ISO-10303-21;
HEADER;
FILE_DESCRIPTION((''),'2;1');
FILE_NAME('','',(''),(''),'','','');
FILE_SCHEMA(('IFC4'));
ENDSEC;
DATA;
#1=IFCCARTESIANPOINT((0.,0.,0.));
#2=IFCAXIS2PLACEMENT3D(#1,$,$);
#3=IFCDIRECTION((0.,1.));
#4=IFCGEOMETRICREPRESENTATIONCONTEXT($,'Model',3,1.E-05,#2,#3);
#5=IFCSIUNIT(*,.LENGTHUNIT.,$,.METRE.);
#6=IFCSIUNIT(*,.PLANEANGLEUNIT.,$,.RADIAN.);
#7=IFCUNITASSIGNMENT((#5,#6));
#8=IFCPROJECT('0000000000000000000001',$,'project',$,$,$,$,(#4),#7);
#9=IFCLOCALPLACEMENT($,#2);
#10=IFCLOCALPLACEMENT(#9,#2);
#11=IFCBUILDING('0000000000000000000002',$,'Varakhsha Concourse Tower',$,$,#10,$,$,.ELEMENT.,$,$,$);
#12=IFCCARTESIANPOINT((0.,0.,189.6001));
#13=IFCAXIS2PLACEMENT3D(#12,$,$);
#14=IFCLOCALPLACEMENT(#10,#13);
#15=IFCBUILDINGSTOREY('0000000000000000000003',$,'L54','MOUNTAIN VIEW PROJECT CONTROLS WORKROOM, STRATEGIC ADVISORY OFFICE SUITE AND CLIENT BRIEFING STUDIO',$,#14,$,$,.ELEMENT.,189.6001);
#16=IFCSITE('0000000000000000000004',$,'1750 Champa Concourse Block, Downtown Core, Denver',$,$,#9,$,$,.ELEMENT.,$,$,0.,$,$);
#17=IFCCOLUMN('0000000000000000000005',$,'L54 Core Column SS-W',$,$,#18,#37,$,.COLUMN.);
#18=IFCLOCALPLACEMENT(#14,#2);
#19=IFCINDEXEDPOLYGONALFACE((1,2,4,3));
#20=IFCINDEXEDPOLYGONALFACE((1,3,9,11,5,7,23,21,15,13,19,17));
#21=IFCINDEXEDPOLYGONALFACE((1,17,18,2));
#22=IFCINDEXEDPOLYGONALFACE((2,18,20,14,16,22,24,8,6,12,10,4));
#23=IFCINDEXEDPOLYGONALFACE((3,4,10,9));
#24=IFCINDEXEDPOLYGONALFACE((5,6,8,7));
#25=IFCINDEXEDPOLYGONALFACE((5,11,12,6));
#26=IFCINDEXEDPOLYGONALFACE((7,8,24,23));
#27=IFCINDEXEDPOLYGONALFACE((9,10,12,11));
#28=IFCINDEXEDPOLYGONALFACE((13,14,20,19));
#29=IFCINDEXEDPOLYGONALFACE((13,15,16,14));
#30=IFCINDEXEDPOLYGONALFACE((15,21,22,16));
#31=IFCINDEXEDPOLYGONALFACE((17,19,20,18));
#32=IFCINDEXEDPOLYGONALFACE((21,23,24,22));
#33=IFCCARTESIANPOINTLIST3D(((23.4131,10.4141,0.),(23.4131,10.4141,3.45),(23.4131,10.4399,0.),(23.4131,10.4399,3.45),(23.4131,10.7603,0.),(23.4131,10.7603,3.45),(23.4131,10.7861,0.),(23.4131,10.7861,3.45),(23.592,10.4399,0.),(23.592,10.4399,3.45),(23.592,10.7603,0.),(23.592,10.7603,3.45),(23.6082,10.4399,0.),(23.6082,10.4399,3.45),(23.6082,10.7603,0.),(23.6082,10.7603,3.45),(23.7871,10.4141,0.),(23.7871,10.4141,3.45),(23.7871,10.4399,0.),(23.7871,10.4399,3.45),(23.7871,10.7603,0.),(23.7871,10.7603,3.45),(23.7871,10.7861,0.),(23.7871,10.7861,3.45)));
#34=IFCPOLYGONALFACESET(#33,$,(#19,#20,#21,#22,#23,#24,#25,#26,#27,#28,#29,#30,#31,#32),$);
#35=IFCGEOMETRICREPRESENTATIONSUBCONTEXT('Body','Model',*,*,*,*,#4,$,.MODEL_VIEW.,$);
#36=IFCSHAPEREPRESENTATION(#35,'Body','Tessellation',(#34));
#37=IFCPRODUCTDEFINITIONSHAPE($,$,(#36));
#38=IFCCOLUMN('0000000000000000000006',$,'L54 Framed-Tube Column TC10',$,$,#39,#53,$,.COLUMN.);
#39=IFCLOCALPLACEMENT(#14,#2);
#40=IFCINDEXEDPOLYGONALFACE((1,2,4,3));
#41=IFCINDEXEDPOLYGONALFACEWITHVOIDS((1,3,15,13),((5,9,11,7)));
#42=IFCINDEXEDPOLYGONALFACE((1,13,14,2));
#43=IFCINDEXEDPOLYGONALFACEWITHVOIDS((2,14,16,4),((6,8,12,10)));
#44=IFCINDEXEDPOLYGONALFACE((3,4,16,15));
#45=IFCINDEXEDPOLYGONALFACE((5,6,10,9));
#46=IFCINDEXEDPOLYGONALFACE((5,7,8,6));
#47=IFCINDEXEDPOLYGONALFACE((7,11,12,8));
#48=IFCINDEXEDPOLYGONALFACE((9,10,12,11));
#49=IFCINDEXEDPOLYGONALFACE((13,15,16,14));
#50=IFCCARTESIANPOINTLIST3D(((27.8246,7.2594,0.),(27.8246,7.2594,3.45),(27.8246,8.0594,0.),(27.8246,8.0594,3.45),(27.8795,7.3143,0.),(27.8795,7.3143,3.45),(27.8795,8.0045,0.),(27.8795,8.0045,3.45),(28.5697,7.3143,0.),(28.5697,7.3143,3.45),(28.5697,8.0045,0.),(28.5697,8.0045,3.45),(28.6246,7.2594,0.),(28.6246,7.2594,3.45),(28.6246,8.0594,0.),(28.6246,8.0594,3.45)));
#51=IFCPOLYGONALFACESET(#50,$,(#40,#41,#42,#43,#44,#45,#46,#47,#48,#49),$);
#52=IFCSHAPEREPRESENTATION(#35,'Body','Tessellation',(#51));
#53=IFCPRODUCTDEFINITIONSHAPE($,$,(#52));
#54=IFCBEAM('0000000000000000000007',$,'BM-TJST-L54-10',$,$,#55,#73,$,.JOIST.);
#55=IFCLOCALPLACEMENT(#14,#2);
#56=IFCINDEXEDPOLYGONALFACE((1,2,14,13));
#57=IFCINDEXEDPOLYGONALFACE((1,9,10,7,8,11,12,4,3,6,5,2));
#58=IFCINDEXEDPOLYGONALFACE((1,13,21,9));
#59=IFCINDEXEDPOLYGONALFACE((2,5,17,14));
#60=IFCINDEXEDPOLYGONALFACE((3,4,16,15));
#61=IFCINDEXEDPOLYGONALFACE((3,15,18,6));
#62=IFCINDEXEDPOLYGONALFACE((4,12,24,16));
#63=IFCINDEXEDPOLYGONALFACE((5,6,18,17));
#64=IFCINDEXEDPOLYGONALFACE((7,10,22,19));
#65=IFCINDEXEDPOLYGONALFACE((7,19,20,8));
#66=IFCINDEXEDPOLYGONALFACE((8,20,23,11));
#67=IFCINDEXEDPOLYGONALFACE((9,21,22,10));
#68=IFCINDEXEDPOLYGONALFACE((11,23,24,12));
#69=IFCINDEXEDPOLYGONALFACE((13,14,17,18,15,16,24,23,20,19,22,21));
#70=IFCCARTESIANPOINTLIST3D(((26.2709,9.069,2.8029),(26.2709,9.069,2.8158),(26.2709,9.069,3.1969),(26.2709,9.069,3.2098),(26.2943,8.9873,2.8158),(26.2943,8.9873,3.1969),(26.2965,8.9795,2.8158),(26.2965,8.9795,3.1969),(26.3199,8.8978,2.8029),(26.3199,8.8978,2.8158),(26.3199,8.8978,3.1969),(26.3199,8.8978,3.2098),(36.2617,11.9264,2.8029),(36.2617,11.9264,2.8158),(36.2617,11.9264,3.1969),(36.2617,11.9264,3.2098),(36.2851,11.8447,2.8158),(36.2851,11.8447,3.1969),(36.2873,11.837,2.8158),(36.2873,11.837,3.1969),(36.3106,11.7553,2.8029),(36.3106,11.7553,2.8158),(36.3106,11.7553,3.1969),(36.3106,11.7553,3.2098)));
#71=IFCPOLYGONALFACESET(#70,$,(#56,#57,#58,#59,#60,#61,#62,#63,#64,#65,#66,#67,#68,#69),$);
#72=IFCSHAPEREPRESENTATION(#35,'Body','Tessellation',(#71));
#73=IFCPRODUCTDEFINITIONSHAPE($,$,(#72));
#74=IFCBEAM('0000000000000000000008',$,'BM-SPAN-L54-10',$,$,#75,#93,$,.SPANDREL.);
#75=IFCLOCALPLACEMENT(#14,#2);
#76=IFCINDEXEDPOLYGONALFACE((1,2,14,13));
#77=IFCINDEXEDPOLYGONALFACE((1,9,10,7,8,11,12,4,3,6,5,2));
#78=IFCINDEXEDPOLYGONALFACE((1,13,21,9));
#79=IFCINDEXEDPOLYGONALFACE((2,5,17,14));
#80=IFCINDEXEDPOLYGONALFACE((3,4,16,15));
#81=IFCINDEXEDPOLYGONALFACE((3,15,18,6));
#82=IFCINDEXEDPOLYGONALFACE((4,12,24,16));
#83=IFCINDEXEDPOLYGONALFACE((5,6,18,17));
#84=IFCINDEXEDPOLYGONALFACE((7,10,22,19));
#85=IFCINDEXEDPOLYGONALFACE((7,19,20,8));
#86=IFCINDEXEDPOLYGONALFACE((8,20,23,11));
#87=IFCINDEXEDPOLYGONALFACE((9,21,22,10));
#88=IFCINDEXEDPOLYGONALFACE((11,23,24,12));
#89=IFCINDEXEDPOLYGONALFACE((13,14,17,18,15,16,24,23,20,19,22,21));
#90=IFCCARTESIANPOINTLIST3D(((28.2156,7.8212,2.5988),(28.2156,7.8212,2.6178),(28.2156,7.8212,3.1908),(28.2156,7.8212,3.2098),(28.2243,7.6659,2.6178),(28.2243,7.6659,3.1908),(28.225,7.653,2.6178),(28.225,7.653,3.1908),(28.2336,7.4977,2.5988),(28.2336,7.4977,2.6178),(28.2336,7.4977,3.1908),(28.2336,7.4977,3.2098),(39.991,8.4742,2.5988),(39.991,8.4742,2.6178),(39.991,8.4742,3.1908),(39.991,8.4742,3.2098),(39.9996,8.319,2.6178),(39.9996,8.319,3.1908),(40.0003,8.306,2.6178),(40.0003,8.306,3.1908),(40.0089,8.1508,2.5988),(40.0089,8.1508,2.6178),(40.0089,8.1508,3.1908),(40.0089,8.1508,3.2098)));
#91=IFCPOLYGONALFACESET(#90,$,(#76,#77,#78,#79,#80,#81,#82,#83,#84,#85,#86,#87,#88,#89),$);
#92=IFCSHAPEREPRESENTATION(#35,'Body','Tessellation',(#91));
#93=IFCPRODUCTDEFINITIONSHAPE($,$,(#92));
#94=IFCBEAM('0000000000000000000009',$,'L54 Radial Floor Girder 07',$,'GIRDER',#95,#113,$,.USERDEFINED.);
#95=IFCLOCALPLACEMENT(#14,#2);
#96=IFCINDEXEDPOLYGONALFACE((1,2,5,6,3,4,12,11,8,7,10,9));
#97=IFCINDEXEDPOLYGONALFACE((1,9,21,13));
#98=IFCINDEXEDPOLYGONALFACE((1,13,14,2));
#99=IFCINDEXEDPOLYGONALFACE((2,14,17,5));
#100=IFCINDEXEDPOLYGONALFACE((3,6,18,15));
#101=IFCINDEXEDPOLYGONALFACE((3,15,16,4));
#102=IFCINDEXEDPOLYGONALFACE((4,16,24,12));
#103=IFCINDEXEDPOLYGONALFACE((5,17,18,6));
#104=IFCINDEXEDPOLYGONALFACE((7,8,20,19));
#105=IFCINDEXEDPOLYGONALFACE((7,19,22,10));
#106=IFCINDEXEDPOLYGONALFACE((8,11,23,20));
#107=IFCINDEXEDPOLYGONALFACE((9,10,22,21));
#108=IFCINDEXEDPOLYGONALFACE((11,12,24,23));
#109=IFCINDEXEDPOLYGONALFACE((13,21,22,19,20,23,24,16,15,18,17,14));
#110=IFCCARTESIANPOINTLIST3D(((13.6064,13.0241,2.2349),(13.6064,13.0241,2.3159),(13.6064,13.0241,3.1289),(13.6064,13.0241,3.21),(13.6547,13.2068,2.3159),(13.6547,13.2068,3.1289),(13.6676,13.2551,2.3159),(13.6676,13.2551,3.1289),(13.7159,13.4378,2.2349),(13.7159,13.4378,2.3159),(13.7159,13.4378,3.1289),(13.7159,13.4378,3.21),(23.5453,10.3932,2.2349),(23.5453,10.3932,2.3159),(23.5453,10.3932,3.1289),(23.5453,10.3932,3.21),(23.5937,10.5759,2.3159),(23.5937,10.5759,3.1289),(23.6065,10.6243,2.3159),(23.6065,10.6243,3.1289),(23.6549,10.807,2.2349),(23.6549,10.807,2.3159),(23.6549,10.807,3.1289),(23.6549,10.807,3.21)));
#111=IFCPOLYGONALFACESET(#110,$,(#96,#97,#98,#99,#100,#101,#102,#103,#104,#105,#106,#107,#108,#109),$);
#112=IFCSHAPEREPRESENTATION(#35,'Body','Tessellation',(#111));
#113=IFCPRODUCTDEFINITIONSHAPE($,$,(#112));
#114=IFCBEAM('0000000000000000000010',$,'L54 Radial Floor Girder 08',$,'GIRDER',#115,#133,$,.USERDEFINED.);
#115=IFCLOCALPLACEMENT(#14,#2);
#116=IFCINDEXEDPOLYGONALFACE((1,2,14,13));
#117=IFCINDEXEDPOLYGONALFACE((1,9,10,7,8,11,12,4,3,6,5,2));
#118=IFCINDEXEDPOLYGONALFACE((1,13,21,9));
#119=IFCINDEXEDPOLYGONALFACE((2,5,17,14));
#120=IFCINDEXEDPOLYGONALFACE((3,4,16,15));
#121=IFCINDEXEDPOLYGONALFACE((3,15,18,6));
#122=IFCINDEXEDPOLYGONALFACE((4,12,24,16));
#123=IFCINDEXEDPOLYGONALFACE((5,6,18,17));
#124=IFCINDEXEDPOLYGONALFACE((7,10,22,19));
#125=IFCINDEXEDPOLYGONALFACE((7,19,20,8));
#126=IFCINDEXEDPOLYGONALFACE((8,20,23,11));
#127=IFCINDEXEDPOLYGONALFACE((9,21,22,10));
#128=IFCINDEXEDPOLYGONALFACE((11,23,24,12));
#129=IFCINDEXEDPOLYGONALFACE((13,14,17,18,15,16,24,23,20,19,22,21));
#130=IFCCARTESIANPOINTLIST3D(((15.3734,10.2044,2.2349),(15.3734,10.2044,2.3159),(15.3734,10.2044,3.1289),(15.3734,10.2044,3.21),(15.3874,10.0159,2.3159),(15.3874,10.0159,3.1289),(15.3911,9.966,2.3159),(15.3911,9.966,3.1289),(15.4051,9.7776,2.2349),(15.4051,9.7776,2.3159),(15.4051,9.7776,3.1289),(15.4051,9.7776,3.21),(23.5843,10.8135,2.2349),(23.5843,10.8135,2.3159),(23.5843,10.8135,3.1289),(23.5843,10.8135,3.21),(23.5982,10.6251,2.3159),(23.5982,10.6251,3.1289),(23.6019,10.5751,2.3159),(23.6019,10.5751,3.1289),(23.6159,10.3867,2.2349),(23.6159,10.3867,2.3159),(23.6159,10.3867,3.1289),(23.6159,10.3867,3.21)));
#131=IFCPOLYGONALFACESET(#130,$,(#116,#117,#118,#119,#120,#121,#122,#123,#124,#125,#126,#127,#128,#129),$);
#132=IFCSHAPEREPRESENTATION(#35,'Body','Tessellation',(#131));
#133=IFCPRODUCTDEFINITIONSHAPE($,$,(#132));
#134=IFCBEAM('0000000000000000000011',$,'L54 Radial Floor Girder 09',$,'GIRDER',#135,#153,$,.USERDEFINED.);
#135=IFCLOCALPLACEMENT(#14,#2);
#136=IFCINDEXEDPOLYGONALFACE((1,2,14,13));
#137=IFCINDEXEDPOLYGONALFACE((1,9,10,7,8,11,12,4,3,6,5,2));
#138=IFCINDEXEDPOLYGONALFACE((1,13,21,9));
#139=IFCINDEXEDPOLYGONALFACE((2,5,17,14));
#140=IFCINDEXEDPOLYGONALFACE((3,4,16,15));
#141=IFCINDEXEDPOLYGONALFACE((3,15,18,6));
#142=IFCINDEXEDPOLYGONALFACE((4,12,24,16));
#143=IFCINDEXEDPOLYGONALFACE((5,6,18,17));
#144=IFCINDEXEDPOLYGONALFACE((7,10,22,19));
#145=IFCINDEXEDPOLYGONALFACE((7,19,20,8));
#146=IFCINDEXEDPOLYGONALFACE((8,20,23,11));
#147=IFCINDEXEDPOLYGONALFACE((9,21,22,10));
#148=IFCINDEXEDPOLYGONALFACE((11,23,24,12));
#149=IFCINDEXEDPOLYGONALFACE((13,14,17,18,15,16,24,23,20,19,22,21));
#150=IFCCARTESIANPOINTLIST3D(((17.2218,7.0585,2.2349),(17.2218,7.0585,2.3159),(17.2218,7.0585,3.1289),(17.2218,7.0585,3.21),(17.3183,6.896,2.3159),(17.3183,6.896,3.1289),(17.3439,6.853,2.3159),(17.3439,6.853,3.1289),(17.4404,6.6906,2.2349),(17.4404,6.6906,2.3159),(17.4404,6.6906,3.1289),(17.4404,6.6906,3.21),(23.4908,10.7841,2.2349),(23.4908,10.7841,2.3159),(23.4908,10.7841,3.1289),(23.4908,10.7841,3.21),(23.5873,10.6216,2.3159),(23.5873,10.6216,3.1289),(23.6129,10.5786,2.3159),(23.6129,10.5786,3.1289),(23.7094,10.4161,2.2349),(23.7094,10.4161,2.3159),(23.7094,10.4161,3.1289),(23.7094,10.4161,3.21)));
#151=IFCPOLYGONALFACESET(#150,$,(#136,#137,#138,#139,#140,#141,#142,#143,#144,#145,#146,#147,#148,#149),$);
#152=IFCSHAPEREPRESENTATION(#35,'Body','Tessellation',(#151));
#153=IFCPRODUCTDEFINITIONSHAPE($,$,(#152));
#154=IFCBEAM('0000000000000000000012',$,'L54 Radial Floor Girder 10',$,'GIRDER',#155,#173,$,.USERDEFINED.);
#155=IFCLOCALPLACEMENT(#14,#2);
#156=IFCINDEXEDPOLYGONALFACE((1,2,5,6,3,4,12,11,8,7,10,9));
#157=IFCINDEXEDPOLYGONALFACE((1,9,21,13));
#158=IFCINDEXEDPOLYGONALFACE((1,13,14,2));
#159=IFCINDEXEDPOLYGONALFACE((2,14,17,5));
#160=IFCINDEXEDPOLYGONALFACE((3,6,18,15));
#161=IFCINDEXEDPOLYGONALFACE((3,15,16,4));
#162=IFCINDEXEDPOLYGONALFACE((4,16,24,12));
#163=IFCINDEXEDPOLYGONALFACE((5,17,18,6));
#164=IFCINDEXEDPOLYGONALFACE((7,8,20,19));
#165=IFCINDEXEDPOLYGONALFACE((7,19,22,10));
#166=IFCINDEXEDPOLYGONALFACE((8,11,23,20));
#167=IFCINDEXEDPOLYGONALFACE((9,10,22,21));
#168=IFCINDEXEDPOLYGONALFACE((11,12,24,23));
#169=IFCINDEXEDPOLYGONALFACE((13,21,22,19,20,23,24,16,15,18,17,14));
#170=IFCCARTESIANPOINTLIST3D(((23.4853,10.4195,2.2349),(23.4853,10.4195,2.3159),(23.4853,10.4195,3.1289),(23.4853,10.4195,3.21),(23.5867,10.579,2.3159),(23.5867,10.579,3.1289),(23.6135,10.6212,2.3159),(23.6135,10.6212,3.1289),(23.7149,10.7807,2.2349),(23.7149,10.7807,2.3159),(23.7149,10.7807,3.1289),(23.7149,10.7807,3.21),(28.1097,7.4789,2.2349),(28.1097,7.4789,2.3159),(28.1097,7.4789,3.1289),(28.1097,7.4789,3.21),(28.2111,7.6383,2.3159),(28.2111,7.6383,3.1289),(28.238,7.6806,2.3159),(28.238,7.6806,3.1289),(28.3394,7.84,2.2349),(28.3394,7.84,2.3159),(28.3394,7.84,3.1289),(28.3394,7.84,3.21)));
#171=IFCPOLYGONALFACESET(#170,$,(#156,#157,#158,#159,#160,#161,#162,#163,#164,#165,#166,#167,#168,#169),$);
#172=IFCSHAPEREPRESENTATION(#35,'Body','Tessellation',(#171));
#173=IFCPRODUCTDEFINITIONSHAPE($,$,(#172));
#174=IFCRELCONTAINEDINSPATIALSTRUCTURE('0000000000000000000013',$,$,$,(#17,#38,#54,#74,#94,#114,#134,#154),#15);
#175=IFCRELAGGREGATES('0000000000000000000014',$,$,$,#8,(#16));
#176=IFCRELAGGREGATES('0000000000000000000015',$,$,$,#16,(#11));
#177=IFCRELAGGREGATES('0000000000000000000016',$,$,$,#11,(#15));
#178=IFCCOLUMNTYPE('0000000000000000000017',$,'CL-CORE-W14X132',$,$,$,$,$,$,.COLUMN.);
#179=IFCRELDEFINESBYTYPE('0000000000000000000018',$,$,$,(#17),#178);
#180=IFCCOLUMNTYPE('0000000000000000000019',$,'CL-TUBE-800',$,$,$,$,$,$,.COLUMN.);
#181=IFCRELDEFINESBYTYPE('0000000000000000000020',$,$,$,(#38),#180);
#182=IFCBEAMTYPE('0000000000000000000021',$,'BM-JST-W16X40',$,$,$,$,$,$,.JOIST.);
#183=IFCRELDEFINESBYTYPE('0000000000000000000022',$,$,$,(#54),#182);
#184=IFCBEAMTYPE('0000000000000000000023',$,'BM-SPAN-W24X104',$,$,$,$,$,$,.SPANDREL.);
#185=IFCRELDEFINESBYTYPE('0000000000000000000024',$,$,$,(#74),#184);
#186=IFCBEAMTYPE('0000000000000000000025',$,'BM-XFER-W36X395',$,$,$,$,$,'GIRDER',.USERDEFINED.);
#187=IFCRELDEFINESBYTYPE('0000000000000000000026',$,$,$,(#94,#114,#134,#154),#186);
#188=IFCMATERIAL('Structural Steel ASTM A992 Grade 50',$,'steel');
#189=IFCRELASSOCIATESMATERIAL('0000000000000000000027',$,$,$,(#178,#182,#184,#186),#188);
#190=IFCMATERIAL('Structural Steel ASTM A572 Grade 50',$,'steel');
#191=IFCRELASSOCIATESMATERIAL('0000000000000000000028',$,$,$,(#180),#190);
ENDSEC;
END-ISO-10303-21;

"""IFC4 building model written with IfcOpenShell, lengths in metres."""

from ifc_helpers import new_model, si_unit, direction, frame, origin, origin_2d, place, context, subcontext, project, spatial, hollow_rectangle, i_section, extrude, material, material_profile, profile_set, type_object, element, save


model = new_model("IFC4")

# Units and contexts
model_context = context("Model", 3, precision=1e-05, world=origin(), true_north=direction((0.0, 1.0)))
body_context = subcontext(model_context, "Body", "Model", "MODEL_VIEW")
ifc_project = project(units=[si_unit("LENGTHUNIT", "METRE"), si_unit("PLANEANGLEUNIT", "RADIAN")], contexts=[model_context])

# Site, building, storey
site_placement = place(None, origin())
site = spatial("IfcSite", under=ifc_project, at=site_placement, Name="1750 Champa Concourse Block, Downtown Core, Denver", CompositionType="ELEMENT", RefElevation=0.0)
building_placement = place(site_placement, origin())
building = spatial("IfcBuilding", under=site, at=building_placement, Name="Varakhsha Concourse Tower", CompositionType="ELEMENT")
storey_placement = place(building_placement, frame((0.0, 0.0, 189.6001)))
storey = spatial("IfcBuildingStorey", under=building, at=storey_placement, Name="L54", Description="MOUNTAIN VIEW PROJECT CONTROLS WORKROOM, STRATEGIC ADVISORY OFFICE SUITE AND CLIENT BRIEFING STUDIO", CompositionType="ELEMENT", Elevation=189.6001)

# Columns
ifc_material_1 = material(Name="Structural Steel ASTM A992 Grade 50", Category="steel")
ifc_material_profile_1 = material_profile(ifc_material_1, i_section(OverallWidth=0.374, OverallDepth=0.3721, WebThickness=0.0161, FlangeThickness=0.0259, at=origin_2d()), Name="W14X132")
ifc_profile_set_1 = profile_set([ifc_material_profile_1], Name="Structural Steel ASTM A992 Grade 50")
column_type_1 = type_object("IfcColumnType", Name="CL-CORE-W14X132", PredefinedType="COLUMN", material=ifc_profile_set_1)
column_1_placement = place(storey_placement, frame((23.6001, 10.6001, 0.0), z_axis=(0.0, 0.0, 1.0), x_axis=(1.0, 0.0, 0.0)))
element("IfcColumn", 1, at=column_1_placement, inside=storey, type_object=column_type_1, Name="L54 Core Column SS-W", PredefinedType="COLUMN", context=body_context, shape_type="SweptSolid", body=[
    extrude(i_section(OverallWidth=0.374, OverallDepth=0.3721, WebThickness=0.0161, FlangeThickness=0.0259, at=origin_2d()), origin(), (0.0, 0.0, 1.0), 3.45),
])
ifc_material_2 = material(Name="Structural Steel ASTM A572 Grade 50", Category="steel")
ifc_material_profile_2 = material_profile(ifc_material_2, hollow_rectangle(XDim=0.8, YDim=0.8, WallThickness=0.0549, at=origin_2d()), Name="BOX 800x800x55")
ifc_profile_set_2 = profile_set([ifc_material_profile_2], Name="Structural Steel ASTM A572 Grade 50")
column_type_2 = type_object("IfcColumnType", Name="CL-TUBE-800", PredefinedType="COLUMN", material=ifc_profile_set_2)
column_2_placement = place(storey_placement, frame((28.2246, 7.6594, 0.0), z_axis=(0.0, 0.0, 1.0), x_axis=(1.0, 0.0, 0.0)))
element("IfcColumn", 2, at=column_2_placement, inside=storey, type_object=column_type_2, Name="L54 Framed-Tube Column TC10", PredefinedType="COLUMN", context=body_context, shape_type="SweptSolid", body=[
    extrude(hollow_rectangle(XDim=0.8, YDim=0.8, WallThickness=0.0549, at=origin_2d()), origin(), (0.0, 0.0, 1.0), 3.45),
])

# Beams
ifc_material_profile_3 = material_profile(ifc_material_1, i_section(OverallWidth=0.178, OverallDepth=0.407, WebThickness=0.0081, FlangeThickness=0.0129, at=origin_2d()), Name="W16X40")
ifc_profile_set_3 = profile_set([ifc_material_profile_3], Name="Structural Steel ASTM A992 Grade 50")
beam_type_1 = type_object("IfcBeamType", Name="BM-JST-W16X40", PredefinedType="JOIST", material=ifc_profile_set_3)
beam_1_placement = place(storey_placement, frame((26.2954, 8.9834, 3.0063), z_axis=(0.961449, 0.274982, 0.0), x_axis=(-0.274982, 0.961449, 0.0)))
element("IfcBeam", 3, at=beam_1_placement, inside=storey, type_object=beam_type_1, Name="BM-TJST-L54-10", PredefinedType="JOIST", context=body_context, shape_type="SweptSolid", body=[
    extrude(i_section(OverallWidth=0.178, OverallDepth=0.407, WebThickness=0.0081, FlangeThickness=0.0129, at=origin_2d()), origin(), (0.0, 0.0, 1.0), 10.3914),
])
ifc_material_profile_4 = material_profile(ifc_material_1, i_section(OverallWidth=0.324, OverallDepth=0.6111, WebThickness=0.0129, FlangeThickness=0.019, at=origin_2d()), Name="W24X104")
ifc_profile_set_4 = profile_set([ifc_material_profile_4], Name="Structural Steel ASTM A992 Grade 50")
beam_type_2 = type_object("IfcBeamType", Name="BM-SPAN-W24X104", PredefinedType="SPANDREL", material=ifc_profile_set_4)
beam_2_placement = place(storey_placement, frame((28.2246, 7.6594, 2.9043), z_axis=(0.998466, 0.055376, 0.0), x_axis=(-0.055376, 0.998466, 0.0)))
element("IfcBeam", 4, at=beam_2_placement, inside=storey, type_object=beam_type_2, Name="BM-SPAN-L54-10", PredefinedType="SPANDREL", context=body_context, shape_type="SweptSolid", body=[
    extrude(i_section(OverallWidth=0.324, OverallDepth=0.6111, WebThickness=0.0129, FlangeThickness=0.019, at=origin_2d()), origin(), (0.0, 0.0, 1.0), 11.7935),
])
ifc_material_profile_5 = material_profile(ifc_material_1, i_section(OverallWidth=0.428, OverallDepth=0.9751, WebThickness=0.05, FlangeThickness=0.0811, at=origin_2d()), Name="W36X395")
ifc_profile_set_5 = profile_set([ifc_material_profile_5], Name="Structural Steel ASTM A992 Grade 50")
beam_type_3 = type_object("IfcBeamType", Name="BM-XFER-W36X395", ElementType="GIRDER", PredefinedType="USERDEFINED", material=ifc_profile_set_5)
beam_3_placement = place(storey_placement, frame((23.6001, 10.6001, 2.7224), z_axis=(-0.966706, 0.255889, 0.0), x_axis=(-0.255889, -0.966706, 0.0)))
element("IfcBeam", 5, at=beam_3_placement, inside=storey, type_object=beam_type_3, Name="L54 Radial Floor Girder 07", ObjectType="GIRDER", PredefinedType="USERDEFINED", context=body_context, shape_type="SweptSolid", body=[
    extrude(i_section(OverallWidth=0.428, OverallDepth=0.9751, WebThickness=0.05, FlangeThickness=0.0811, at=origin_2d()), origin(), (0.0, 0.0, 1.0), 10.2812),
])
beam_4_placement = place(storey_placement, frame((23.6001, 10.6001, 2.7224), z_axis=(-0.99726, -0.073982, 0.0), x_axis=(0.073982, -0.99726, 0.0)))
element("IfcBeam", 6, at=beam_4_placement, inside=storey, type_object=beam_type_3, Name="L54 Radial Floor Girder 08", ObjectType="GIRDER", PredefinedType="USERDEFINED", context=body_context, shape_type="SweptSolid", body=[
    extrude(i_section(OverallWidth=0.428, OverallDepth=0.9751, WebThickness=0.05, FlangeThickness=0.0811, at=origin_2d()), origin(), (0.0, 0.0, 1.0), 8.2334),
])
beam_5_placement = place(storey_placement, frame((23.6001, 10.6001, 2.7224), z_axis=(-0.859654, -0.510878, 0.0), x_axis=(0.510878, -0.859654, 0.0)))
element("IfcBeam", 7, at=beam_5_placement, inside=storey, type_object=beam_type_3, Name="L54 Radial Floor Girder 09", ObjectType="GIRDER", PredefinedType="USERDEFINED", context=body_context, shape_type="SweptSolid", body=[
    extrude(i_section(OverallWidth=0.428, OverallDepth=0.9751, WebThickness=0.05, FlangeThickness=0.0811, at=origin_2d()), origin(), (0.0, 0.0, 1.0), 7.2925),
])
beam_6_placement = place(storey_placement, frame((23.6001, 10.6001, 2.7224), z_axis=(0.843843, -0.53659, 0.0), x_axis=(0.53659, 0.843843, 0.0)))
element("IfcBeam", 8, at=beam_6_placement, inside=storey, type_object=beam_type_3, Name="L54 Radial Floor Girder 10", ObjectType="GIRDER", PredefinedType="USERDEFINED", context=body_context, shape_type="SweptSolid", body=[
    extrude(i_section(OverallWidth=0.428, OverallDepth=0.9751, WebThickness=0.05, FlangeThickness=0.0811, at=origin_2d()), origin(), (0.0, 0.0, 1.0), 5.4802),
])

save(model, "model.ifc")
